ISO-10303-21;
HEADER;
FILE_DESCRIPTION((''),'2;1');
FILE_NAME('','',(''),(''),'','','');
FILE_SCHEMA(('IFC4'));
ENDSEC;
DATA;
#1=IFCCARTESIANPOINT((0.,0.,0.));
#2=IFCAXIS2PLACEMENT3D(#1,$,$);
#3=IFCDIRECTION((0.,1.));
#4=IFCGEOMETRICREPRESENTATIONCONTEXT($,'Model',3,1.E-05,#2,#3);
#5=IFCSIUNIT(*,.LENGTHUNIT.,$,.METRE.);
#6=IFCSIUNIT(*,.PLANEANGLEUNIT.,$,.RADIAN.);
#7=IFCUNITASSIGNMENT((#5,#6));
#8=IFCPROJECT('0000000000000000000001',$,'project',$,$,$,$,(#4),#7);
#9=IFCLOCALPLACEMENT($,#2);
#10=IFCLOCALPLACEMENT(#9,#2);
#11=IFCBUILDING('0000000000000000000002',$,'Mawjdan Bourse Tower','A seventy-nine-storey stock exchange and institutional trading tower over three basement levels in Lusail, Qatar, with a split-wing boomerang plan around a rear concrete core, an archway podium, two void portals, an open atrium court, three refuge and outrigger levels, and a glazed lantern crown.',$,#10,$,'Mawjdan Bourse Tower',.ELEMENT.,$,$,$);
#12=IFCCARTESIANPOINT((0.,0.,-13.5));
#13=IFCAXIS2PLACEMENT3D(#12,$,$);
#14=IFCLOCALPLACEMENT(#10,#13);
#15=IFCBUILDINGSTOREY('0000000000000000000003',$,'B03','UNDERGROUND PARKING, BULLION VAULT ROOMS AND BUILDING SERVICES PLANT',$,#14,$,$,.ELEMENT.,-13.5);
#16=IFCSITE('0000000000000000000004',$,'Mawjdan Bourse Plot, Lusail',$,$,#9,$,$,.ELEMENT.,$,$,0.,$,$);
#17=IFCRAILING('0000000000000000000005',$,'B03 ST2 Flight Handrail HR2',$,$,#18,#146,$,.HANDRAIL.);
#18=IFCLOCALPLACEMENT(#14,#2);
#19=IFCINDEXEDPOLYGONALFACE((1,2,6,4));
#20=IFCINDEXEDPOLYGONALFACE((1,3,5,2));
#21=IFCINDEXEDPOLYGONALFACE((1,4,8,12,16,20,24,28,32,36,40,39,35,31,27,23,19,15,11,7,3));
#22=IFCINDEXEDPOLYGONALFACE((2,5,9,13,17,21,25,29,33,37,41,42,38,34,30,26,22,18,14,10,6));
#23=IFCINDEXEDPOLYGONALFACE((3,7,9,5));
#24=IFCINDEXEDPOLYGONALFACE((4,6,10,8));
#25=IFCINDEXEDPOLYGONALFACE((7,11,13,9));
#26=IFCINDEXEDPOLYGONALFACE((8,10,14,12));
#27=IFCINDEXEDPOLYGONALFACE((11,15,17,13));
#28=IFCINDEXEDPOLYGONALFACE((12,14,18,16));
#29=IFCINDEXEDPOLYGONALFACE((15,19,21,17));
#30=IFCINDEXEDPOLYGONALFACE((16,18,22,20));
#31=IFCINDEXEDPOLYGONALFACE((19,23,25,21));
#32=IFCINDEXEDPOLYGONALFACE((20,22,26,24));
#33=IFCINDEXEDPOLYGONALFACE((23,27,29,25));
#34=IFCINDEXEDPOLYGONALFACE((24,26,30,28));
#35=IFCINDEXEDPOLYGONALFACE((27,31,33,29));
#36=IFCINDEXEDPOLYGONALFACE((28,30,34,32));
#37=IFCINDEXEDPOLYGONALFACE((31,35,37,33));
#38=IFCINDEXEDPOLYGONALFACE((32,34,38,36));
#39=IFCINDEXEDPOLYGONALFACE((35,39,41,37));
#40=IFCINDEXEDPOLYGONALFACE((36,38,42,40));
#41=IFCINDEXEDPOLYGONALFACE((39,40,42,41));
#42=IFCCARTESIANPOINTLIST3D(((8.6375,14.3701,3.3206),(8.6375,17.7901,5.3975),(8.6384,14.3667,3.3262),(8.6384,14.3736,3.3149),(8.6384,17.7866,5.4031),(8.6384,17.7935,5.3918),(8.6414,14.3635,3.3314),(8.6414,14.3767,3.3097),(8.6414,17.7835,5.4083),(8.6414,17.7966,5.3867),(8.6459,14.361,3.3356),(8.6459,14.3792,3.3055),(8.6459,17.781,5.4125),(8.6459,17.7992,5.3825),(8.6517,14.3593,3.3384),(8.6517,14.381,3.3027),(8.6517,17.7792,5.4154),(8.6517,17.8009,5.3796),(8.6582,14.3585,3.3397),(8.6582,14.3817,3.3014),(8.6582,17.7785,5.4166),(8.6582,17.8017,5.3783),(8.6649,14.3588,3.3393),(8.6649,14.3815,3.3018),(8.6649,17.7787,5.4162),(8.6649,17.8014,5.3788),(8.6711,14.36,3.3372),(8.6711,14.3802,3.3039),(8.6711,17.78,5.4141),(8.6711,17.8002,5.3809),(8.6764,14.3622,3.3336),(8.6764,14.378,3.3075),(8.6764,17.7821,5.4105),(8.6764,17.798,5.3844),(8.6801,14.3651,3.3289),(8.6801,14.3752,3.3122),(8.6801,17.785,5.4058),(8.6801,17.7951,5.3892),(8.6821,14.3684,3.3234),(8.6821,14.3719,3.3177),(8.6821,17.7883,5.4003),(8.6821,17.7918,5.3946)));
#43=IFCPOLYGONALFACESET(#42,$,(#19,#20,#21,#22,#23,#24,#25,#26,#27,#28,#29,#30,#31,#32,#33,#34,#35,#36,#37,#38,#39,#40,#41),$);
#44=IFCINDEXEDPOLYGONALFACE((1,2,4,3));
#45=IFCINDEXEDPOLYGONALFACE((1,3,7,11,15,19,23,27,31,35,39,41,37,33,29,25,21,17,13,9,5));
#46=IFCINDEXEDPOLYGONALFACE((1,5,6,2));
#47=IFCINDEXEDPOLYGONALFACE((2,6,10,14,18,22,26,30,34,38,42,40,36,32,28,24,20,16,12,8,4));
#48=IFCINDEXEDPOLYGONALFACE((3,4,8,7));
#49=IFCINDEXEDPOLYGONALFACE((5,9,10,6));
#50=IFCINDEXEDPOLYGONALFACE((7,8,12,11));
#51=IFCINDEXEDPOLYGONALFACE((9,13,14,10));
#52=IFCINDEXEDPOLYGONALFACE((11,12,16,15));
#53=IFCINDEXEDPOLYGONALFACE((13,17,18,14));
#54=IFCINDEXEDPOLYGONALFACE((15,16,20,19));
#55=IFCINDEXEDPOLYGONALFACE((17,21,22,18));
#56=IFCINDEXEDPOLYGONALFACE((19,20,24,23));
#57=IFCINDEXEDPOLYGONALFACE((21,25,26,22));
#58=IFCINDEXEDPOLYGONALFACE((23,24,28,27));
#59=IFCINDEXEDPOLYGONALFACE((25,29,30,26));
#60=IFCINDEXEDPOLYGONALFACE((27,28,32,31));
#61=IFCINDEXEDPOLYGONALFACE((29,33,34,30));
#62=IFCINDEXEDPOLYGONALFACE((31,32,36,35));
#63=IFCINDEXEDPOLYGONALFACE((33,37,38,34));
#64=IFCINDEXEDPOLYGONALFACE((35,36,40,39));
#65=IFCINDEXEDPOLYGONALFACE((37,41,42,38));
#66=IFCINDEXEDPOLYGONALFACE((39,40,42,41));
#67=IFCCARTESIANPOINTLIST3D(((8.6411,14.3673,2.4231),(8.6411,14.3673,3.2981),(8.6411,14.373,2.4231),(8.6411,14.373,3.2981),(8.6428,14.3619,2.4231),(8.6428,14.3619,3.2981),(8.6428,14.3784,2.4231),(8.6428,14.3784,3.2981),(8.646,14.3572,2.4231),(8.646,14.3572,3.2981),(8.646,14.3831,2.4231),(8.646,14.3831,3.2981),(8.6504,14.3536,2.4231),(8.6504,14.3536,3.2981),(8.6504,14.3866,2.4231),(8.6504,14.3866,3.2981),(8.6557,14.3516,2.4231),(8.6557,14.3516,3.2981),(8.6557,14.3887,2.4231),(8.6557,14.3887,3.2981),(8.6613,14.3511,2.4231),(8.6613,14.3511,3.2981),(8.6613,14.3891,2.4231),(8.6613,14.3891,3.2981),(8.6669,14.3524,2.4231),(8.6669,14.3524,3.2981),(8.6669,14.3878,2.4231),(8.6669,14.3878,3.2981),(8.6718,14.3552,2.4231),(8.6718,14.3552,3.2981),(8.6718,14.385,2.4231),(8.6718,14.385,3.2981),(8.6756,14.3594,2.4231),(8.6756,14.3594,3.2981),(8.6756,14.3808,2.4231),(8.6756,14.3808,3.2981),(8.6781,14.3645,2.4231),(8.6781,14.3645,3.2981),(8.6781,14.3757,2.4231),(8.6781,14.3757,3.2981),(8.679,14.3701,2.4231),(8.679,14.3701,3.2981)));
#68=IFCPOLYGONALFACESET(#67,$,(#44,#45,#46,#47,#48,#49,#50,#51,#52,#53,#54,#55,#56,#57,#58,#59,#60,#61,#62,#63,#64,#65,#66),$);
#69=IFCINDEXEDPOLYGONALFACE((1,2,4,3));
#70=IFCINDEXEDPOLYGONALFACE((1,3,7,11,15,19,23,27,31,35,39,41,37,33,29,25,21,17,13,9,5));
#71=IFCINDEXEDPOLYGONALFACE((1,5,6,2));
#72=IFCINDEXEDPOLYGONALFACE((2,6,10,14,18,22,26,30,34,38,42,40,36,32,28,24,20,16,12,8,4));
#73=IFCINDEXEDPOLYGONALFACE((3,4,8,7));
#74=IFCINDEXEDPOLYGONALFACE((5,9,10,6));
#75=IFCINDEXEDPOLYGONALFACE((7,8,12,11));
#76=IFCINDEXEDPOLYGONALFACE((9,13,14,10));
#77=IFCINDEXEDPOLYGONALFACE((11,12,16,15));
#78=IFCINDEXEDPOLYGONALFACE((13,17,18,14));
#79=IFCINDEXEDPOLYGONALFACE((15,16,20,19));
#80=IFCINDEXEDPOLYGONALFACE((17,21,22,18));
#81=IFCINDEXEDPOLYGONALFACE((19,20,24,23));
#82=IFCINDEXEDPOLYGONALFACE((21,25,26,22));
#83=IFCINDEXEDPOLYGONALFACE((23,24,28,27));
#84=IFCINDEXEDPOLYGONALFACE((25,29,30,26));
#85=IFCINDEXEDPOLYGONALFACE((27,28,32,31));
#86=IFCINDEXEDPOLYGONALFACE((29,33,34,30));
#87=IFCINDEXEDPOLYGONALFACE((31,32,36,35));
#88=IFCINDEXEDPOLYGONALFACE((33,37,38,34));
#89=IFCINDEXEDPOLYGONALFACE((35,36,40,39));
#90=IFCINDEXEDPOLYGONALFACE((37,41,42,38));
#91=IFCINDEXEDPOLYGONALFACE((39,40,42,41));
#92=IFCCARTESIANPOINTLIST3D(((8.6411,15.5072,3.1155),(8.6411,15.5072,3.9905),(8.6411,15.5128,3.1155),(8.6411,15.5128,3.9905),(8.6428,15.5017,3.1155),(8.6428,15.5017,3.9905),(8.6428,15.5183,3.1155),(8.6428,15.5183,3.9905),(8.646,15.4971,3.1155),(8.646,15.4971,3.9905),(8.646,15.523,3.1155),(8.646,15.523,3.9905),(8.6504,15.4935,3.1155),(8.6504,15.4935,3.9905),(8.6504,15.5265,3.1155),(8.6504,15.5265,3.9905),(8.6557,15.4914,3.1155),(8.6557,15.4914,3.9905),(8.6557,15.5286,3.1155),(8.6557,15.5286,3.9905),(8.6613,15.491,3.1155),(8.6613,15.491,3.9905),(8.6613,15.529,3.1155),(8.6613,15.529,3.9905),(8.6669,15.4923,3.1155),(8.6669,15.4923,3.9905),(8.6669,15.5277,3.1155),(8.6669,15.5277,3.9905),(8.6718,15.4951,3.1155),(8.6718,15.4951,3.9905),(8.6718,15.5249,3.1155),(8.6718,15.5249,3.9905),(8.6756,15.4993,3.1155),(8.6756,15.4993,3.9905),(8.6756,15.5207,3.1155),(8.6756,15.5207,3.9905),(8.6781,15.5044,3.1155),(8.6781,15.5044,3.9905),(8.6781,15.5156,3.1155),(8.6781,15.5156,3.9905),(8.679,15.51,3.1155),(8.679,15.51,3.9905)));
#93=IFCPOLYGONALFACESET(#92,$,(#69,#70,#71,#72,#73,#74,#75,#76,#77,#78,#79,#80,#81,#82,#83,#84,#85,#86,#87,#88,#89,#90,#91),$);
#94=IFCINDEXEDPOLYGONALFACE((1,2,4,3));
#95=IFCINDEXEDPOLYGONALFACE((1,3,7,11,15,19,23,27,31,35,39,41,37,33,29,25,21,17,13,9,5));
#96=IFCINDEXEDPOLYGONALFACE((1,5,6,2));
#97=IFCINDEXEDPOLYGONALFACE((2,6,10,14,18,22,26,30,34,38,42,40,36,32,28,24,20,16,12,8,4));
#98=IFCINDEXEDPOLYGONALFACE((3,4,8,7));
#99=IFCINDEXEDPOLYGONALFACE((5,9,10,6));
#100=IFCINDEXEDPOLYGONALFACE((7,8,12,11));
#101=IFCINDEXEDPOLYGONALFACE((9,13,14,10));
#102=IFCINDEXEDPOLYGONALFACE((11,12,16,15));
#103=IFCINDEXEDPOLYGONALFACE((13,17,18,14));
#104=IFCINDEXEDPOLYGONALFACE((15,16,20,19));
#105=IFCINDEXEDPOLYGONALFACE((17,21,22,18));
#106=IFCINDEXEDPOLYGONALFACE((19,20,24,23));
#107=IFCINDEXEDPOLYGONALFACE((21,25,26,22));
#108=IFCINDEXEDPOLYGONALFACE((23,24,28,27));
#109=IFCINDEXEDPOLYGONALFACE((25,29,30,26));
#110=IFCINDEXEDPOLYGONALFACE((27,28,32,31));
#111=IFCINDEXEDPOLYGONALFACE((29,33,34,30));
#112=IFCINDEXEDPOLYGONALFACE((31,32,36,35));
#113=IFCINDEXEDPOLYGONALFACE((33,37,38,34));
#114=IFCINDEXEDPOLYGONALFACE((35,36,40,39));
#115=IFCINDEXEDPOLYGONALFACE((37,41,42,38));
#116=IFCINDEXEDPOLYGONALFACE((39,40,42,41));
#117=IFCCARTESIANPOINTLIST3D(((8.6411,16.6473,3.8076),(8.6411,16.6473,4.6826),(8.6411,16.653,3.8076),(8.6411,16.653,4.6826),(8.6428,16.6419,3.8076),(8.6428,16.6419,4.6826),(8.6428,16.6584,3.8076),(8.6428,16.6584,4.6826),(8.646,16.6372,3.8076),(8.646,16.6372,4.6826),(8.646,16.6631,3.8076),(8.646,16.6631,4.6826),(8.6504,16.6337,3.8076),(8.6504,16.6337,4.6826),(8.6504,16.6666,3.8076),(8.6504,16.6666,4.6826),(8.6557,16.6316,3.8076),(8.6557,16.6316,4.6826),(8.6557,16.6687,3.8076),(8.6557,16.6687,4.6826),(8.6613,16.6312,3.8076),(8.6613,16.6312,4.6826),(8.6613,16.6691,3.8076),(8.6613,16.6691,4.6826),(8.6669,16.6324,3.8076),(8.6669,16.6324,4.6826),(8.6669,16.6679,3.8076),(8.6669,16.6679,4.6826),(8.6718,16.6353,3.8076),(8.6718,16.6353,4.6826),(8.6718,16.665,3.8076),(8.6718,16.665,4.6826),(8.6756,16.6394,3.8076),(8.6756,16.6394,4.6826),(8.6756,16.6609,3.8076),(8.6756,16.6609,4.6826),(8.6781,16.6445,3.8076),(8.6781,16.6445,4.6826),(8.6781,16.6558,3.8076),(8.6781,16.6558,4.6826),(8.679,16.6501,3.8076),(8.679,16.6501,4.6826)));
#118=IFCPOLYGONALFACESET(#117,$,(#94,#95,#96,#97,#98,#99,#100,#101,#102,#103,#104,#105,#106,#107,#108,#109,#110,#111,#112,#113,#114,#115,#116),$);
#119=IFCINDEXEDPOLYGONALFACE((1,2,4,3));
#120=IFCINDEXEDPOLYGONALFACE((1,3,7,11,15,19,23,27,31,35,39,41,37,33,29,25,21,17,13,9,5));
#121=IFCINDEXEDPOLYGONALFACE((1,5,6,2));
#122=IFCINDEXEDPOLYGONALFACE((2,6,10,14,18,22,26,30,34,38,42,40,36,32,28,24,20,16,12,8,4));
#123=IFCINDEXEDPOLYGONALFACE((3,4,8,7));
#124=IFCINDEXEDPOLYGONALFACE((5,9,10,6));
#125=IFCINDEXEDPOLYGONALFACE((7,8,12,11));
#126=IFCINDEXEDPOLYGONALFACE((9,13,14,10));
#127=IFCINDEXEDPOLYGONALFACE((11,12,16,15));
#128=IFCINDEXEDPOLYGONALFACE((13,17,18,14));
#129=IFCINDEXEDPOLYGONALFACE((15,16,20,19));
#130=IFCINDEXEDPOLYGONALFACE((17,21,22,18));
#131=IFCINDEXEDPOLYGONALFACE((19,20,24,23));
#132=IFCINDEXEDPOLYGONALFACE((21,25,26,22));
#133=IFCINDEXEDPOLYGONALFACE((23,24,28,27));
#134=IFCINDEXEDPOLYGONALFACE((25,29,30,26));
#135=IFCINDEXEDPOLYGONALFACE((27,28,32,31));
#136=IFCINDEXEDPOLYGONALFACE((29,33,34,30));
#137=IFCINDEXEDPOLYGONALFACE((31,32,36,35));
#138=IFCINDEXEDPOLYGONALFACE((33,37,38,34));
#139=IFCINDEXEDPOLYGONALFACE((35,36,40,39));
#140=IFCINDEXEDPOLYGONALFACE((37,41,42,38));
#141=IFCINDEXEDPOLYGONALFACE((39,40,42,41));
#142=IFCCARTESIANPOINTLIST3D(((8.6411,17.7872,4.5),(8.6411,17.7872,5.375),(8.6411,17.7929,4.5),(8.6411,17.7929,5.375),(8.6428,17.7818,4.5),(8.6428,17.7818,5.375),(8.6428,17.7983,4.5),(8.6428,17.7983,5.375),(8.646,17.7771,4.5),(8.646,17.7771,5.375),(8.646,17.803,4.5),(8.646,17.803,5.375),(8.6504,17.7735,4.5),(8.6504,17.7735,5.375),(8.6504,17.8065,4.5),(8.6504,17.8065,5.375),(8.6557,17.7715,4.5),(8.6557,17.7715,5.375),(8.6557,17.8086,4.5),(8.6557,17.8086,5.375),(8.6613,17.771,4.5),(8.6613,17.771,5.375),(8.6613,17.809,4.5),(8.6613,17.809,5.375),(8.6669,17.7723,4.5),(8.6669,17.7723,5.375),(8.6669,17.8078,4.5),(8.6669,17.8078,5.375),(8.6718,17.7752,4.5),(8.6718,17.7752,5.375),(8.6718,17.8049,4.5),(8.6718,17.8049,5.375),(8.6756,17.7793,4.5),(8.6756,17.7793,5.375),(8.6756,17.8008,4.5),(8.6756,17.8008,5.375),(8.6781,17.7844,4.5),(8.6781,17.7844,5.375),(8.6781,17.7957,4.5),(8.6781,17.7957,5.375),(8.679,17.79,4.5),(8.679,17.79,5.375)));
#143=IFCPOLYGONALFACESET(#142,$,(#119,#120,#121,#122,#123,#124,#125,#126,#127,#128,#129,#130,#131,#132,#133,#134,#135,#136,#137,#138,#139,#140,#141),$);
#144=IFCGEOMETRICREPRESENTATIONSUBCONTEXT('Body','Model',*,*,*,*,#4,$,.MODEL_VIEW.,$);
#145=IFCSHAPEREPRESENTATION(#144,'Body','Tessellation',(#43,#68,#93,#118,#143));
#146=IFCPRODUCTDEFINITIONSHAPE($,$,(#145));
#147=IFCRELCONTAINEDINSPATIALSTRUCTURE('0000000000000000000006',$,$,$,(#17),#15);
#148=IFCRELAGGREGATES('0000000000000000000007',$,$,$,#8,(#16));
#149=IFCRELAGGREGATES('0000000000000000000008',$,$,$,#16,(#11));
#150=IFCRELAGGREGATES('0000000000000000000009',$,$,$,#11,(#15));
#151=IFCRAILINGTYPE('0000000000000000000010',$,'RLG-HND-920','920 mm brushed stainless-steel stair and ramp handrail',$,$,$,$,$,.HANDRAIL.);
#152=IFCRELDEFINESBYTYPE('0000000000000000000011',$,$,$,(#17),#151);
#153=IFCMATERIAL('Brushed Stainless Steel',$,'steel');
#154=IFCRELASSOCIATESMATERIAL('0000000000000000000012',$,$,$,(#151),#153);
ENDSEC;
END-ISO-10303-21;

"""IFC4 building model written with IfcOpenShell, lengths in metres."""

from ifc_helpers import new_model, si_unit, direction, frame, origin, origin_2d, place, context, subcontext, project, spatial, circle, extrude, material, type_object, element, save


model = new_model("IFC4")

# Units and contexts
model_context = context("Model", 3, precision=1e-05, world=origin(), true_north=direction((0.0, 1.0)))
body_context = subcontext(model_context, "Body", "Model", "MODEL_VIEW")
ifc_project = project(units=[si_unit("LENGTHUNIT", "METRE"), si_unit("PLANEANGLEUNIT", "RADIAN")], contexts=[model_context])

# Site, building, storey
site_placement = place(None, origin())
site = spatial("IfcSite", under=ifc_project, at=site_placement, Name="Mawjdan Bourse Plot, Lusail", CompositionType="ELEMENT", RefElevation=0.0)
building_placement = place(site_placement, origin())
building = spatial("IfcBuilding", under=site, at=building_placement, Name="Mawjdan Bourse Tower", Description="A seventy-nine-storey stock exchange and institutional trading tower over three basement levels in Lusail, Qatar, with a split-wing boomerang plan around a rear concrete core, an archway podium, two void portals, an open atrium court, three refuge and outrigger levels, and a glazed lantern crown.", LongName="Mawjdan Bourse Tower", CompositionType="ELEMENT")
storey_placement = place(building_placement, frame((0.0, 0.0, -13.5)))
storey = spatial("IfcBuildingStorey", under=building, at=storey_placement, Name="B03", Description="UNDERGROUND PARKING, BULLION VAULT ROOMS AND BUILDING SERVICES PLANT", CompositionType="ELEMENT", Elevation=-13.5)

# Railing
ifc_material_1 = material(Name="Brushed Stainless Steel", Category="steel")
railing_type_1 = type_object("IfcRailingType", Name="RLG-HND-920", Description="920 mm brushed stainless-steel stair and ramp handrail", PredefinedType="HANDRAIL", material=ifc_material_1)
railing_1_placement = place(storey_placement, frame((8.6599, 14.3701, 2.4231)))
element("IfcRailing", 1, at=railing_1_placement, inside=storey, type_object=railing_type_1, Name="B03 ST2 Flight Handrail HR2", PredefinedType="HANDRAIL", context=body_context, shape_type="SweptSolid", body=[
    extrude(circle(Radius=0.0225, at=origin_2d()), frame((0.0, 0.0, 0.8975), z_axis=(0.0, 0.85473, 0.519074), x_axis=(-1.0, 0.0, 0.0)), (0.0, 0.0, 1.0), 4.0012),
    extrude(circle(Radius=0.019, at=origin_2d()), origin(), (0.0, 0.0, 1.0), 0.875),
    extrude(circle(Radius=0.019, at=origin_2d()), frame((0.0, 1.1399, 0.6924)), (0.0, 0.0, 1.0), 0.875),
    extrude(circle(Radius=0.019, at=origin_2d()), frame((0.0, 2.28, 1.3845)), (0.0, 0.0, 1.0), 0.875),
    extrude(circle(Radius=0.019, at=origin_2d()), frame((0.0, 3.4199, 2.0769)), (0.0, 0.0, 1.0), 0.875),
])

save(model, "model.ifc")
